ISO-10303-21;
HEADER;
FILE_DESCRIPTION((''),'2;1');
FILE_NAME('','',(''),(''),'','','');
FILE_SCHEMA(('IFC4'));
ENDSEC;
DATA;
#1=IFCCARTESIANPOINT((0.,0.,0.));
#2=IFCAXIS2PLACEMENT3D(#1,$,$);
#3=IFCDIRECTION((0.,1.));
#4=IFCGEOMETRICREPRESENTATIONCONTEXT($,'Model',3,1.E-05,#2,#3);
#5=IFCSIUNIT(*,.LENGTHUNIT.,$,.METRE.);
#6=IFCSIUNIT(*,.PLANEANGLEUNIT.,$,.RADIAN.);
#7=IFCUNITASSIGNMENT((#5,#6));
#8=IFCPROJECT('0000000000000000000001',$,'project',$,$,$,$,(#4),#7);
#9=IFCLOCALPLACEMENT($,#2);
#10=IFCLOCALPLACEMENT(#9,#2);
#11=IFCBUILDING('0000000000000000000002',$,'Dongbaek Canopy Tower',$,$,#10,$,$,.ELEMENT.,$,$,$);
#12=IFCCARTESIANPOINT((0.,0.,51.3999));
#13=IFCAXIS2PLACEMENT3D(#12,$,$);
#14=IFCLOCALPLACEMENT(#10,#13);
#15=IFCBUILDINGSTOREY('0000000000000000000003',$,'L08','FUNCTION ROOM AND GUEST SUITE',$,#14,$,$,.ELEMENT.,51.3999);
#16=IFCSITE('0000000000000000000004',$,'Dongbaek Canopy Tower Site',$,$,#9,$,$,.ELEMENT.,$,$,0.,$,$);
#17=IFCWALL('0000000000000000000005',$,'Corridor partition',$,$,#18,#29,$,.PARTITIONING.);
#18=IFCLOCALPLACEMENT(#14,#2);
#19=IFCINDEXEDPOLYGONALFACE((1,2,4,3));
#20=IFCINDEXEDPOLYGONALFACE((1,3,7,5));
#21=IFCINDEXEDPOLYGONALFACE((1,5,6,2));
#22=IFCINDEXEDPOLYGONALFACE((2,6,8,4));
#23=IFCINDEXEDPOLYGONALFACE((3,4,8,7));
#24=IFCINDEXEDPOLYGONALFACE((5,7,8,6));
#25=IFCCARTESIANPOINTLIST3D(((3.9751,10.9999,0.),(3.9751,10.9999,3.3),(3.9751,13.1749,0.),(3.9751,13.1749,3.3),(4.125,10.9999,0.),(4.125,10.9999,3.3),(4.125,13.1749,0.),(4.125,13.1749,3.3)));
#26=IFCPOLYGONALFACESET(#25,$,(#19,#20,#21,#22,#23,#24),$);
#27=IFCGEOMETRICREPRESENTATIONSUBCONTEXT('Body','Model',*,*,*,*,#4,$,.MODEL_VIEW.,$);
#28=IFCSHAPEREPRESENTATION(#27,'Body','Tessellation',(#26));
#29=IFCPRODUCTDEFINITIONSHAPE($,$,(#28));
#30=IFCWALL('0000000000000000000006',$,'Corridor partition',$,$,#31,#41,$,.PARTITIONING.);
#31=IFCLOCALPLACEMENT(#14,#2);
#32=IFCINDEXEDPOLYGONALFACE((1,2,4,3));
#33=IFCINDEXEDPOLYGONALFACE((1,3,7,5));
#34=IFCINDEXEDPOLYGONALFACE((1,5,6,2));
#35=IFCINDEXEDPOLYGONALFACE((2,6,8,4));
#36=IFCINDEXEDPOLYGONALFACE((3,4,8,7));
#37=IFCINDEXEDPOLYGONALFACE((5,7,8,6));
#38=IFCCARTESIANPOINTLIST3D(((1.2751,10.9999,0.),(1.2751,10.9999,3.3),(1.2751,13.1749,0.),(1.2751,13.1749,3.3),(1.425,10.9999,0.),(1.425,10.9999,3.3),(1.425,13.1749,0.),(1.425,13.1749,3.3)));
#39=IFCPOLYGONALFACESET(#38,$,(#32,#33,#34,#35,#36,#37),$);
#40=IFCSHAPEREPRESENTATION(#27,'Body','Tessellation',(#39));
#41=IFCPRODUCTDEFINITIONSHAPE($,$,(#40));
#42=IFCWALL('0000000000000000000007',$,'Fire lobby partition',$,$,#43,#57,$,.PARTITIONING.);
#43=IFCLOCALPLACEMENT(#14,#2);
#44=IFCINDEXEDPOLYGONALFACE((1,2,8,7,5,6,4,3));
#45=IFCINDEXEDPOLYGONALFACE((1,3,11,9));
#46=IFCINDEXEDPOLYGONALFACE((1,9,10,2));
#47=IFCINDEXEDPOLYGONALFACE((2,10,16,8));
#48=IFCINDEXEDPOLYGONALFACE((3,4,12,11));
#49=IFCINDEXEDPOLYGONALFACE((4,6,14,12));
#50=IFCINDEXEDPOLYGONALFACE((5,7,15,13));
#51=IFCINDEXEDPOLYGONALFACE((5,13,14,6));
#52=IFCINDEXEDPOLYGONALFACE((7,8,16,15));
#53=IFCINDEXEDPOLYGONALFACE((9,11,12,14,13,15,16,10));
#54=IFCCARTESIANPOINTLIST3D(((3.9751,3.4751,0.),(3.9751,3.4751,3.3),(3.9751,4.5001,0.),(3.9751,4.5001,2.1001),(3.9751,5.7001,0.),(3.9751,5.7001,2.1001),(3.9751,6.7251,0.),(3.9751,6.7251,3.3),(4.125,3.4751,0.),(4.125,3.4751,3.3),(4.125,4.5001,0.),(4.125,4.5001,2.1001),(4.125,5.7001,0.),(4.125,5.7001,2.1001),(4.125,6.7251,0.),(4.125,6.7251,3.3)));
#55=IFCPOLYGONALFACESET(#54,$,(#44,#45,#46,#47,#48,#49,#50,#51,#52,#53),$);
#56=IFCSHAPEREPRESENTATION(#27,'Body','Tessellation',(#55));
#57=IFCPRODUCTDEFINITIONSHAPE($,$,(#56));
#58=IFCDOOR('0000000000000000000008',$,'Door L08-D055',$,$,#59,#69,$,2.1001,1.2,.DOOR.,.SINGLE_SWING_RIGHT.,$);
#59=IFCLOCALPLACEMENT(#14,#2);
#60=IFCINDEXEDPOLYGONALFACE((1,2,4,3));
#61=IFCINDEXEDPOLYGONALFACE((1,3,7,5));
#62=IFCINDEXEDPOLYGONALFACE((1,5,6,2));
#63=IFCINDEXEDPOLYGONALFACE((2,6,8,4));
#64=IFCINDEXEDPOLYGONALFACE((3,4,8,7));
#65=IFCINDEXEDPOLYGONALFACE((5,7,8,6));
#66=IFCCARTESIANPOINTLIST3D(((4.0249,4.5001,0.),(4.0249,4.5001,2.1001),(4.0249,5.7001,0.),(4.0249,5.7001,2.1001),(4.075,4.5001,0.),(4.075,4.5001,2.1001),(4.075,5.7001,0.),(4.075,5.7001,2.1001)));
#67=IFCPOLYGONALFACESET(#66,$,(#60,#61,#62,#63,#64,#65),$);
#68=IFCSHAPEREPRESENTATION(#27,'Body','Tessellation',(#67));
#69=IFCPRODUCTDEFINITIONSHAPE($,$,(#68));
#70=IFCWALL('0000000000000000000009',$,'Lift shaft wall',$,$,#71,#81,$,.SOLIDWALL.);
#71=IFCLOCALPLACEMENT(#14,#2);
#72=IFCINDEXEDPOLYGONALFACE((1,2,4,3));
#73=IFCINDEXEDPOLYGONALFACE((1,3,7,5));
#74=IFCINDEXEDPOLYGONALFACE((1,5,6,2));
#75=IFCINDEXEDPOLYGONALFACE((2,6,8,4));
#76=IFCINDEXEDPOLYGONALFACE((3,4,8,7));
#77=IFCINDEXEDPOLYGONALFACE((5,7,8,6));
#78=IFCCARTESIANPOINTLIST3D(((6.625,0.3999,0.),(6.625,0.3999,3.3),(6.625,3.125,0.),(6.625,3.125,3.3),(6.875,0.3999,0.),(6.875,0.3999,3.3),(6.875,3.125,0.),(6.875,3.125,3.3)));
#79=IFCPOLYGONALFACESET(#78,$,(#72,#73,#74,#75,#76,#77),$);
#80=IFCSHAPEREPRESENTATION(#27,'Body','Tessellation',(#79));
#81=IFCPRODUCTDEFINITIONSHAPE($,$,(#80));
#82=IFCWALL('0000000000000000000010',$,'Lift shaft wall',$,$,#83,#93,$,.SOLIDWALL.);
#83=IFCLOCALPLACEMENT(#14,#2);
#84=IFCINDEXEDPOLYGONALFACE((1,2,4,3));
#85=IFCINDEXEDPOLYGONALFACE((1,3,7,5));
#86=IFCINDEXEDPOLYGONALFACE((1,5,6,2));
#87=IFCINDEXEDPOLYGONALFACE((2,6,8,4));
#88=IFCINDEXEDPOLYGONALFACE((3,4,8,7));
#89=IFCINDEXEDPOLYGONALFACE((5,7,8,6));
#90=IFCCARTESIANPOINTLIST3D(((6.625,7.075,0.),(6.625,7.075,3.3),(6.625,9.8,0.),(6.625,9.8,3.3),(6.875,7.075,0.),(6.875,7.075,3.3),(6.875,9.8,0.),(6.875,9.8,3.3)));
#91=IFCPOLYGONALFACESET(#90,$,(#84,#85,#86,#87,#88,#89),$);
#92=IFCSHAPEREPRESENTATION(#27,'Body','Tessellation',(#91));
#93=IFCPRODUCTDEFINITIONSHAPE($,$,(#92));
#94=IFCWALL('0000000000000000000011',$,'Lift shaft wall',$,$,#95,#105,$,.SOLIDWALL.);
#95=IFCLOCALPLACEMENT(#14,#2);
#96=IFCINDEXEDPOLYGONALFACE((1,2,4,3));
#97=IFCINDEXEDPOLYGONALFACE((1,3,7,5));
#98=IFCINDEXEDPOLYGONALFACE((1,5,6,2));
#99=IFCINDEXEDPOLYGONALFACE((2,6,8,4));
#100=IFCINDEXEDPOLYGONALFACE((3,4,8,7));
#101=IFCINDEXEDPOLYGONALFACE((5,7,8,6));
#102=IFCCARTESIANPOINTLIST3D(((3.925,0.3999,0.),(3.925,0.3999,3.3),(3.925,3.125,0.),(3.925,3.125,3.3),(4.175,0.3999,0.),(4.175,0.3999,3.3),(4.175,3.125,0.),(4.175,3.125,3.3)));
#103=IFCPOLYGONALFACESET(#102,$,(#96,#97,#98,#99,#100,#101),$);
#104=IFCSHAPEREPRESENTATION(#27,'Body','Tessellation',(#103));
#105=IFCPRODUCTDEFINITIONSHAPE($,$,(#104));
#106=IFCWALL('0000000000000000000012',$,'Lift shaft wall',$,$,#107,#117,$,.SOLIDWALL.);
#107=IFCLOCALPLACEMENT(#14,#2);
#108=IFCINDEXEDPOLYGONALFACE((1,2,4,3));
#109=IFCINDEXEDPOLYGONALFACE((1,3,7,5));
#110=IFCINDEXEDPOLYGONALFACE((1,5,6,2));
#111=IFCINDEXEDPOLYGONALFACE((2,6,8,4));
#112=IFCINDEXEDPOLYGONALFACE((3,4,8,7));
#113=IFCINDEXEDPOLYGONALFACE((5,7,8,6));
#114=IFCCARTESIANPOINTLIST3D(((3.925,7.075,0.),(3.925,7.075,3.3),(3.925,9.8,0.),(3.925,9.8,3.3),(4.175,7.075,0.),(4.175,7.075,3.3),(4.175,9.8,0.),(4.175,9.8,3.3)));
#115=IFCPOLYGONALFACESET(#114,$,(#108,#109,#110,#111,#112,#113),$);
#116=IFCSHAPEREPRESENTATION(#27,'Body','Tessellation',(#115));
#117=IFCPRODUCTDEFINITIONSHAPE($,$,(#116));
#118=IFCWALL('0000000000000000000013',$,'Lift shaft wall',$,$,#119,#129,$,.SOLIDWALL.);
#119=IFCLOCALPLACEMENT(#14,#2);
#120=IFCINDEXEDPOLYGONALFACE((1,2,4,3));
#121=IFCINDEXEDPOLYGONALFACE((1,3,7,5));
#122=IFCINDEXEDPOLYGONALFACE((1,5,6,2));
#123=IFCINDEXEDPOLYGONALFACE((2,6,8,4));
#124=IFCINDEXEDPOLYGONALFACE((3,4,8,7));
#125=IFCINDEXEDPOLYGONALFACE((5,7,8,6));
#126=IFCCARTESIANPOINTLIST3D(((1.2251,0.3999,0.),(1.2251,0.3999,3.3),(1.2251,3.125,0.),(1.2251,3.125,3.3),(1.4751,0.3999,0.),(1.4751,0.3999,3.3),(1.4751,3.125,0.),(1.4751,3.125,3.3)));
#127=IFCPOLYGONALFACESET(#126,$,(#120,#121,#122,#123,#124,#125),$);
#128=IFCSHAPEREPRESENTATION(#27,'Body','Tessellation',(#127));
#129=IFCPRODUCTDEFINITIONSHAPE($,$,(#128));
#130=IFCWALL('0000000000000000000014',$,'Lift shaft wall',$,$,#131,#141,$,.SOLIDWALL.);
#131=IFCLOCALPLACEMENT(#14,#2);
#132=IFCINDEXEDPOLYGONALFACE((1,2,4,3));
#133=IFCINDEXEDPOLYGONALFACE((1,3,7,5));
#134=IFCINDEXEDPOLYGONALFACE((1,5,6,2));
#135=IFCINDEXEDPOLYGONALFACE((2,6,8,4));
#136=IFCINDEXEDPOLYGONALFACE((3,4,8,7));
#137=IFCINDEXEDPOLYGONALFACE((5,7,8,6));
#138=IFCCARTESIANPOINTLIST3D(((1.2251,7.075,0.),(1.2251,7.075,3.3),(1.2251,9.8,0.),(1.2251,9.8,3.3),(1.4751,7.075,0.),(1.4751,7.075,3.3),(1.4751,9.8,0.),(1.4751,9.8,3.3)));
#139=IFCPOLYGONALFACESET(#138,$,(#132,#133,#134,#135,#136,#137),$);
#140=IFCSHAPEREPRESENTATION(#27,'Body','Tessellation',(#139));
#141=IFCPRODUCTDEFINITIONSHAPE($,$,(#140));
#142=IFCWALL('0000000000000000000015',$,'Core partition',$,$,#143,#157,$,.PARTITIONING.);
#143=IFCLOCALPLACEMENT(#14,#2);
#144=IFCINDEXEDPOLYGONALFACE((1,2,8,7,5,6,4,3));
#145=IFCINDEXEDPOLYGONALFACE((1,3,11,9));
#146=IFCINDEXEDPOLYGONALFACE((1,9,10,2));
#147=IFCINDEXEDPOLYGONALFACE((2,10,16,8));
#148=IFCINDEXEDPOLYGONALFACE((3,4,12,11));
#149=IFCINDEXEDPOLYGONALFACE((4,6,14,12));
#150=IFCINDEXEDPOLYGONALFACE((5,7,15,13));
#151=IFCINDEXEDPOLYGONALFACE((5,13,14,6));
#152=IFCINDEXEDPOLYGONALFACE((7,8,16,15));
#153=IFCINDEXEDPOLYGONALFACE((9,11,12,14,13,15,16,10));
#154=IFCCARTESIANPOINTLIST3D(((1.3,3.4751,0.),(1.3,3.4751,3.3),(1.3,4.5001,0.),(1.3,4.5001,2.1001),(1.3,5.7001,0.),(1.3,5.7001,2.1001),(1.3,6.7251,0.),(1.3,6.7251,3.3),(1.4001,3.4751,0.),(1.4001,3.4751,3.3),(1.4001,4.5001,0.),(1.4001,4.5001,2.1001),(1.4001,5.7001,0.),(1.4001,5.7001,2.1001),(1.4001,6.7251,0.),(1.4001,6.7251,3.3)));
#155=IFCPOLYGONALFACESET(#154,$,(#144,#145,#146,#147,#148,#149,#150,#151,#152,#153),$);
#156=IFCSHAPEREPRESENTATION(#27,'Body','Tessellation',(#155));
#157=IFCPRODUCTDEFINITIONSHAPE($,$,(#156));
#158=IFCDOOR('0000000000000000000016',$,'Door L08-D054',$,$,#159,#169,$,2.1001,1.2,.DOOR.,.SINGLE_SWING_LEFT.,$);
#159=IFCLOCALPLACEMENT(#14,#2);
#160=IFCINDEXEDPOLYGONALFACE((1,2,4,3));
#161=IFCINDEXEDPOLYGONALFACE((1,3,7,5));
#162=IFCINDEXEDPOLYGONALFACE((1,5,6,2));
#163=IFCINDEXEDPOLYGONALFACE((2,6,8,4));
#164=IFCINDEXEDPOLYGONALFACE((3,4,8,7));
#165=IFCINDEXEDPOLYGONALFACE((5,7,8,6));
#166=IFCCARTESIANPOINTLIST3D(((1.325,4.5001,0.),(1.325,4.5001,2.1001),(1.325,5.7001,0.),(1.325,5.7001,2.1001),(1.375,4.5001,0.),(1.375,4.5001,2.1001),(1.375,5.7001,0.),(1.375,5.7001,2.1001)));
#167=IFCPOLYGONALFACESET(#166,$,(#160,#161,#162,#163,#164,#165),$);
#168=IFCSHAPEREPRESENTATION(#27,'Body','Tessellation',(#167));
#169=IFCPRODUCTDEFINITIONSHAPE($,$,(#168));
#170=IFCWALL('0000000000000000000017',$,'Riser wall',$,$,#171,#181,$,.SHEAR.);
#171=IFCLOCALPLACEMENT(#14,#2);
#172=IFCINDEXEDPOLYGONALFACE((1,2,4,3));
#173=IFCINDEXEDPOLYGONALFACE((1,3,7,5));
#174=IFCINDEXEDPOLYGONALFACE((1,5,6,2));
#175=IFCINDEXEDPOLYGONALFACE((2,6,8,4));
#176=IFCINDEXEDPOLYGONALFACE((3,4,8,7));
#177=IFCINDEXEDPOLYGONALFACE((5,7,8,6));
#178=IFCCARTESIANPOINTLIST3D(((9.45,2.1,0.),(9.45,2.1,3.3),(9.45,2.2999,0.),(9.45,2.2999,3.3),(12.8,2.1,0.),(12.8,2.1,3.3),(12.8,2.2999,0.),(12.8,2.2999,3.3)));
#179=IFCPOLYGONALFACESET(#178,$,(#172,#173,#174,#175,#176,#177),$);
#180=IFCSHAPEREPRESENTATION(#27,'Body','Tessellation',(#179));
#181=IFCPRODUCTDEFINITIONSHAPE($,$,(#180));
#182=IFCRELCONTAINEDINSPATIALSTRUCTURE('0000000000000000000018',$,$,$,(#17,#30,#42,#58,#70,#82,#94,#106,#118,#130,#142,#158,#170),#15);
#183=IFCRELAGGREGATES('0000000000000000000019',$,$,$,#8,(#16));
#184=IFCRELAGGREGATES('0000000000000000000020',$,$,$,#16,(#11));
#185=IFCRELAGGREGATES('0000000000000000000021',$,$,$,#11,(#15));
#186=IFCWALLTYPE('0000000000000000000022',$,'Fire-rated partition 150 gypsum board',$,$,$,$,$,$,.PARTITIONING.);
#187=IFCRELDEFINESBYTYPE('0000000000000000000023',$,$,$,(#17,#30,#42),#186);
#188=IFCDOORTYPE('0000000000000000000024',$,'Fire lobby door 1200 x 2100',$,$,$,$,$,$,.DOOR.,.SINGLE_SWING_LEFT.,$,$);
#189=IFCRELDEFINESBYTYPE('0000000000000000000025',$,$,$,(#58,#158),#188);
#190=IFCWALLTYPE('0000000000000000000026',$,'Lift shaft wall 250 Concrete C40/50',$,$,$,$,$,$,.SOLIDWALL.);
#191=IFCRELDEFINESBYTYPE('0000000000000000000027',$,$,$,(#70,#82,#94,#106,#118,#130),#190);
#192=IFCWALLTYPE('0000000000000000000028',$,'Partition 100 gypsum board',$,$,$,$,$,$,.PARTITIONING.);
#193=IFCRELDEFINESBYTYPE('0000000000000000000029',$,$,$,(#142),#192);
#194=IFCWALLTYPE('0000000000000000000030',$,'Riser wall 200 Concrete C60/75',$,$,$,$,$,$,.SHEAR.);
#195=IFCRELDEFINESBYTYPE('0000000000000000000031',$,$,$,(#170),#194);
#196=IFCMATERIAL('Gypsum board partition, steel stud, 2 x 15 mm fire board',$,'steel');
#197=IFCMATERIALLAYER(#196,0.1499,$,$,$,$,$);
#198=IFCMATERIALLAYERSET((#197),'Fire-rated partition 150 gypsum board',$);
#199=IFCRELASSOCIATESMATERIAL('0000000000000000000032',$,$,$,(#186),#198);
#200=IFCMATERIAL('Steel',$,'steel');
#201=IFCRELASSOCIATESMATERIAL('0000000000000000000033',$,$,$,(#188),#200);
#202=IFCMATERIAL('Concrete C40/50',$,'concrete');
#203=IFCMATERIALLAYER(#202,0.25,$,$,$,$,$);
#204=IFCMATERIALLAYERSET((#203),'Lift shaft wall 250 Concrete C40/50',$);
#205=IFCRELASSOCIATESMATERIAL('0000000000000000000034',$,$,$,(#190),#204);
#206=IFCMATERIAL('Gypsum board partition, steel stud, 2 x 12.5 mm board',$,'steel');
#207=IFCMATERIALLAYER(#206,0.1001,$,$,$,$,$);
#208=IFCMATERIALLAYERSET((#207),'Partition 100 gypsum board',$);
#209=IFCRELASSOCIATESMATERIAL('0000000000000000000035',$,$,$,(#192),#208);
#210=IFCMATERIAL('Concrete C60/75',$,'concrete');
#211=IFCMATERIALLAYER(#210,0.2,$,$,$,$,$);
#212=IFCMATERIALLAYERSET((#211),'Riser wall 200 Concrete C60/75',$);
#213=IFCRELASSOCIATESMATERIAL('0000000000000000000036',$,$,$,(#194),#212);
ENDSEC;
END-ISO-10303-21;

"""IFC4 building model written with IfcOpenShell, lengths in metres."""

from ifc_helpers import new_model, si_unit, direction, frame, frame_2d, origin, place, context, subcontext, project, spatial, rectangle, extrude, material, layer, layer_set, type_object, element, fill, save


model = new_model("IFC4")

# Units and contexts
model_context = context("Model", 3, precision=1e-05, world=origin(), true_north=direction((0.0, 1.0)))
body_context = subcontext(model_context, "Body", "Model", "MODEL_VIEW")
ifc_project = project(units=[si_unit("LENGTHUNIT", "METRE"), si_unit("PLANEANGLEUNIT", "RADIAN")], contexts=[model_context])

# Site, building, storey
site_placement = place(None, origin())
site = spatial("IfcSite", under=ifc_project, at=site_placement, Name="Dongbaek Canopy Tower Site", CompositionType="ELEMENT", RefElevation=0.0)
building_placement = place(site_placement, origin())
building = spatial("IfcBuilding", under=site, at=building_placement, Name="Dongbaek Canopy Tower", CompositionType="ELEMENT")
storey_placement = place(building_placement, frame((0.0, 0.0, 51.3999)))
storey = spatial("IfcBuildingStorey", under=building, at=storey_placement, Name="L08", Description="FUNCTION ROOM AND GUEST SUITE", CompositionType="ELEMENT", Elevation=51.3999)

# Walls
ifc_material_1 = material(Name="Gypsum board partition, steel stud, 2 x 15 mm fire board", Category="steel")
ifc_layer_1 = layer(ifc_material_1, 0.1499)
ifc_layer_set_1 = layer_set([ifc_layer_1], Name="Fire-rated partition 150 gypsum board")
wall_type_1 = type_object("IfcWallType", Name="Fire-rated partition 150 gypsum board", PredefinedType="PARTITIONING", material=ifc_layer_set_1)
for number, where, z_axis, x_axis, name in (
    (1, (4.05, 11.0, 0.0), (0.0, 0.0, 1.0), (0.0, 1.0, 0.0), "Corridor partition"),
    (2, (1.3501, 11.0, 0.0), (0.0, 0.0, 1.0), (0.0, 1.0, 0.0), "Corridor partition"),
):
    element("IfcWall", number, at=place(storey_placement, frame(where, z_axis=z_axis, x_axis=x_axis)), inside=storey, type_object=wall_type_1, Name=name, PredefinedType="PARTITIONING", context=body_context, shape_type="SweptSolid", body=[
        extrude(rectangle(XDim=2.175, YDim=0.1499, at=frame_2d((1.0874, 0.0))), origin(), (0.0, 0.0, 1.0), 3.3),
    ])

# Wall, opening, door
wall_1_placement = place(storey_placement, frame((4.05, 6.7251, 0.0), z_axis=(0.0, 0.0, 1.0), x_axis=(0.0, -1.0, 0.0)))
wall_1 = element("IfcWall", 3, at=wall_1_placement, inside=storey, type_object=wall_type_1, Name="Fire lobby partition", PredefinedType="PARTITIONING", context=body_context, shape_type="SweptSolid", body=[
    extrude(rectangle(XDim=3.25, YDim=0.1499, at=frame_2d((1.625, 0.0))), origin(), (0.0, 0.0, 1.0), 3.3),
])
opening_1_placement = place(wall_1_placement, frame((1.0249, 0.0, 0.0)))
opening_1 = element("IfcOpeningElement", 4, at=opening_1_placement, cuts=wall_1, PredefinedType="OPENING", context=body_context, shape_type="SweptSolid", body=[
    extrude(rectangle(XDim=1.2, YDim=2.1001, at=frame_2d((0.6001, 1.05))), frame((0.0, 0.085, 0.0), z_axis=(0.0, -1.0, 0.0), x_axis=(1.0, 0.0, 0.0)), (0.0, 0.0, 1.0), 0.1699),
])
ifc_material_2 = material(Name="Steel", Category="steel")
door_type_1 = type_object("IfcDoorType", Name="Fire lobby door 1200 x 2100", OperationType="SINGLE_SWING_LEFT", PredefinedType="DOOR", material=ifc_material_2)
door_1_placement = place(opening_1_placement, origin())
door_1 = element("IfcDoor", 5, at=door_1_placement, inside=storey, type_object=door_type_1, Name="Door L08-D055", OperationType="SINGLE_SWING_RIGHT", OverallHeight=2.1001, OverallWidth=1.2, PredefinedType="DOOR", context=body_context, shape_type="SweptSolid", body=[
    extrude(rectangle(XDim=1.2, YDim=2.1001, at=frame_2d((0.6001, 1.05))), frame((0.0, 0.0249, 0.0), z_axis=(0.0, -1.0, 0.0), x_axis=(1.0, 0.0, 0.0)), (0.0, 0.0, 1.0), 0.05),
])
fill(opening_1, door_1)

# Walls
ifc_material_3 = material(Name="Concrete C40/50", Category="concrete")
ifc_layer_2 = layer(ifc_material_3, 0.25)
ifc_layer_set_2 = layer_set([ifc_layer_2], Name="Lift shaft wall 250 Concrete C40/50")
wall_type_2 = type_object("IfcWallType", Name="Lift shaft wall 250 Concrete C40/50", PredefinedType="SOLIDWALL", material=ifc_layer_set_2)
for number, where, z_axis, x_axis, name in (
    (6, (6.75, 0.3999, 0.0), (0.0, 0.0, 1.0), (0.0, 1.0, 0.0), "Lift shaft wall"),
    (7, (6.75, 7.075, 0.0), (0.0, 0.0, 1.0), (0.0, 1.0, 0.0), "Lift shaft wall"),
    (8, (4.05, 0.3999, 0.0), (0.0, 0.0, 1.0), (0.0, 1.0, 0.0), "Lift shaft wall"),
    (9, (4.05, 7.075, 0.0), (0.0, 0.0, 1.0), (0.0, 1.0, 0.0), "Lift shaft wall"),
    (10, (1.3501, 0.3999, 0.0), (0.0, 0.0, 1.0), (0.0, 1.0, 0.0), "Lift shaft wall"),
    (11, (1.3501, 7.075, 0.0), (0.0, 0.0, 1.0), (0.0, 1.0, 0.0), "Lift shaft wall"),
):
    element("IfcWall", number, at=place(storey_placement, frame(where, z_axis=z_axis, x_axis=x_axis)), inside=storey, type_object=wall_type_2, Name=name, PredefinedType="SOLIDWALL", context=body_context, shape_type="SweptSolid", body=[
        extrude(rectangle(XDim=2.7251, YDim=0.25, at=frame_2d((1.3625, 0.0))), origin(), (0.0, 0.0, 1.0), 3.3),
    ])

# Wall, opening, door
ifc_material_4 = material(Name="Gypsum board partition, steel stud, 2 x 12.5 mm board", Category="steel")
ifc_layer_3 = layer(ifc_material_4, 0.1001)
ifc_layer_set_3 = layer_set([ifc_layer_3], Name="Partition 100 gypsum board")
wall_type_3 = type_object("IfcWallType", Name="Partition 100 gypsum board", PredefinedType="PARTITIONING", material=ifc_layer_set_3)
wall_2_placement = place(storey_placement, frame((1.3501, 6.7251, 0.0), z_axis=(0.0, 0.0, 1.0), x_axis=(0.0, -1.0, 0.0)))
wall_2 = element("IfcWall", 12, at=wall_2_placement, inside=storey, type_object=wall_type_3, Name="Core partition", PredefinedType="PARTITIONING", context=body_context, shape_type="SweptSolid", body=[
    extrude(rectangle(XDim=3.25, YDim=0.1001, at=frame_2d((1.625, 0.0))), origin(), (0.0, 0.0, 1.0), 3.3),
])
opening_2_placement = place(wall_2_placement, frame((1.0249, 0.0, 0.0)))
opening_2 = element("IfcOpeningElement", 13, at=opening_2_placement, cuts=wall_2, PredefinedType="OPENING", context=body_context, shape_type="SweptSolid", body=[
    extrude(rectangle(XDim=1.2, YDim=2.1001, at=frame_2d((0.6001, 1.05))), frame((0.0, 0.0601, 0.0), z_axis=(0.0, -1.0, 0.0), x_axis=(1.0, 0.0, 0.0)), (0.0, 0.0, 1.0), 0.1201),
])
door_2_placement = place(opening_2_placement, origin())
door_2 = element("IfcDoor", 14, at=door_2_placement, inside=storey, type_object=door_type_1, Name="Door L08-D054", OperationType="SINGLE_SWING_LEFT", OverallHeight=2.1001, OverallWidth=1.2, PredefinedType="DOOR", context=body_context, shape_type="SweptSolid", body=[
    extrude(rectangle(XDim=1.2, YDim=2.1001, at=frame_2d((0.6001, 1.05))), frame((0.0, 0.0249, 0.0), z_axis=(0.0, -1.0, 0.0), x_axis=(1.0, 0.0, 0.0)), (0.0, 0.0, 1.0), 0.05),
])
fill(opening_2, door_2)

# Wall
ifc_material_5 = material(Name="Concrete C60/75", Category="concrete")
ifc_layer_4 = layer(ifc_material_5, 0.2)
ifc_layer_set_4 = layer_set([ifc_layer_4], Name="Riser wall 200 Concrete C60/75")
wall_type_4 = type_object("IfcWallType", Name="Riser wall 200 Concrete C60/75", PredefinedType="SHEAR", material=ifc_layer_set_4)
wall_3_placement = place(storey_placement, frame((9.45, 2.2, 0.0), z_axis=(0.0, 0.0, 1.0), x_axis=(1.0, 0.0, 0.0)))
element("IfcWall", 15, at=wall_3_placement, inside=storey, type_object=wall_type_4, Name="Riser wall", PredefinedType="SHEAR", context=body_context, shape_type="SweptSolid", body=[
    extrude(rectangle(XDim=3.3501, YDim=0.2, at=frame_2d((1.675, 0.0))), origin(), (0.0, 0.0, 1.0), 3.3),
])

save(model, "model.ifc")
